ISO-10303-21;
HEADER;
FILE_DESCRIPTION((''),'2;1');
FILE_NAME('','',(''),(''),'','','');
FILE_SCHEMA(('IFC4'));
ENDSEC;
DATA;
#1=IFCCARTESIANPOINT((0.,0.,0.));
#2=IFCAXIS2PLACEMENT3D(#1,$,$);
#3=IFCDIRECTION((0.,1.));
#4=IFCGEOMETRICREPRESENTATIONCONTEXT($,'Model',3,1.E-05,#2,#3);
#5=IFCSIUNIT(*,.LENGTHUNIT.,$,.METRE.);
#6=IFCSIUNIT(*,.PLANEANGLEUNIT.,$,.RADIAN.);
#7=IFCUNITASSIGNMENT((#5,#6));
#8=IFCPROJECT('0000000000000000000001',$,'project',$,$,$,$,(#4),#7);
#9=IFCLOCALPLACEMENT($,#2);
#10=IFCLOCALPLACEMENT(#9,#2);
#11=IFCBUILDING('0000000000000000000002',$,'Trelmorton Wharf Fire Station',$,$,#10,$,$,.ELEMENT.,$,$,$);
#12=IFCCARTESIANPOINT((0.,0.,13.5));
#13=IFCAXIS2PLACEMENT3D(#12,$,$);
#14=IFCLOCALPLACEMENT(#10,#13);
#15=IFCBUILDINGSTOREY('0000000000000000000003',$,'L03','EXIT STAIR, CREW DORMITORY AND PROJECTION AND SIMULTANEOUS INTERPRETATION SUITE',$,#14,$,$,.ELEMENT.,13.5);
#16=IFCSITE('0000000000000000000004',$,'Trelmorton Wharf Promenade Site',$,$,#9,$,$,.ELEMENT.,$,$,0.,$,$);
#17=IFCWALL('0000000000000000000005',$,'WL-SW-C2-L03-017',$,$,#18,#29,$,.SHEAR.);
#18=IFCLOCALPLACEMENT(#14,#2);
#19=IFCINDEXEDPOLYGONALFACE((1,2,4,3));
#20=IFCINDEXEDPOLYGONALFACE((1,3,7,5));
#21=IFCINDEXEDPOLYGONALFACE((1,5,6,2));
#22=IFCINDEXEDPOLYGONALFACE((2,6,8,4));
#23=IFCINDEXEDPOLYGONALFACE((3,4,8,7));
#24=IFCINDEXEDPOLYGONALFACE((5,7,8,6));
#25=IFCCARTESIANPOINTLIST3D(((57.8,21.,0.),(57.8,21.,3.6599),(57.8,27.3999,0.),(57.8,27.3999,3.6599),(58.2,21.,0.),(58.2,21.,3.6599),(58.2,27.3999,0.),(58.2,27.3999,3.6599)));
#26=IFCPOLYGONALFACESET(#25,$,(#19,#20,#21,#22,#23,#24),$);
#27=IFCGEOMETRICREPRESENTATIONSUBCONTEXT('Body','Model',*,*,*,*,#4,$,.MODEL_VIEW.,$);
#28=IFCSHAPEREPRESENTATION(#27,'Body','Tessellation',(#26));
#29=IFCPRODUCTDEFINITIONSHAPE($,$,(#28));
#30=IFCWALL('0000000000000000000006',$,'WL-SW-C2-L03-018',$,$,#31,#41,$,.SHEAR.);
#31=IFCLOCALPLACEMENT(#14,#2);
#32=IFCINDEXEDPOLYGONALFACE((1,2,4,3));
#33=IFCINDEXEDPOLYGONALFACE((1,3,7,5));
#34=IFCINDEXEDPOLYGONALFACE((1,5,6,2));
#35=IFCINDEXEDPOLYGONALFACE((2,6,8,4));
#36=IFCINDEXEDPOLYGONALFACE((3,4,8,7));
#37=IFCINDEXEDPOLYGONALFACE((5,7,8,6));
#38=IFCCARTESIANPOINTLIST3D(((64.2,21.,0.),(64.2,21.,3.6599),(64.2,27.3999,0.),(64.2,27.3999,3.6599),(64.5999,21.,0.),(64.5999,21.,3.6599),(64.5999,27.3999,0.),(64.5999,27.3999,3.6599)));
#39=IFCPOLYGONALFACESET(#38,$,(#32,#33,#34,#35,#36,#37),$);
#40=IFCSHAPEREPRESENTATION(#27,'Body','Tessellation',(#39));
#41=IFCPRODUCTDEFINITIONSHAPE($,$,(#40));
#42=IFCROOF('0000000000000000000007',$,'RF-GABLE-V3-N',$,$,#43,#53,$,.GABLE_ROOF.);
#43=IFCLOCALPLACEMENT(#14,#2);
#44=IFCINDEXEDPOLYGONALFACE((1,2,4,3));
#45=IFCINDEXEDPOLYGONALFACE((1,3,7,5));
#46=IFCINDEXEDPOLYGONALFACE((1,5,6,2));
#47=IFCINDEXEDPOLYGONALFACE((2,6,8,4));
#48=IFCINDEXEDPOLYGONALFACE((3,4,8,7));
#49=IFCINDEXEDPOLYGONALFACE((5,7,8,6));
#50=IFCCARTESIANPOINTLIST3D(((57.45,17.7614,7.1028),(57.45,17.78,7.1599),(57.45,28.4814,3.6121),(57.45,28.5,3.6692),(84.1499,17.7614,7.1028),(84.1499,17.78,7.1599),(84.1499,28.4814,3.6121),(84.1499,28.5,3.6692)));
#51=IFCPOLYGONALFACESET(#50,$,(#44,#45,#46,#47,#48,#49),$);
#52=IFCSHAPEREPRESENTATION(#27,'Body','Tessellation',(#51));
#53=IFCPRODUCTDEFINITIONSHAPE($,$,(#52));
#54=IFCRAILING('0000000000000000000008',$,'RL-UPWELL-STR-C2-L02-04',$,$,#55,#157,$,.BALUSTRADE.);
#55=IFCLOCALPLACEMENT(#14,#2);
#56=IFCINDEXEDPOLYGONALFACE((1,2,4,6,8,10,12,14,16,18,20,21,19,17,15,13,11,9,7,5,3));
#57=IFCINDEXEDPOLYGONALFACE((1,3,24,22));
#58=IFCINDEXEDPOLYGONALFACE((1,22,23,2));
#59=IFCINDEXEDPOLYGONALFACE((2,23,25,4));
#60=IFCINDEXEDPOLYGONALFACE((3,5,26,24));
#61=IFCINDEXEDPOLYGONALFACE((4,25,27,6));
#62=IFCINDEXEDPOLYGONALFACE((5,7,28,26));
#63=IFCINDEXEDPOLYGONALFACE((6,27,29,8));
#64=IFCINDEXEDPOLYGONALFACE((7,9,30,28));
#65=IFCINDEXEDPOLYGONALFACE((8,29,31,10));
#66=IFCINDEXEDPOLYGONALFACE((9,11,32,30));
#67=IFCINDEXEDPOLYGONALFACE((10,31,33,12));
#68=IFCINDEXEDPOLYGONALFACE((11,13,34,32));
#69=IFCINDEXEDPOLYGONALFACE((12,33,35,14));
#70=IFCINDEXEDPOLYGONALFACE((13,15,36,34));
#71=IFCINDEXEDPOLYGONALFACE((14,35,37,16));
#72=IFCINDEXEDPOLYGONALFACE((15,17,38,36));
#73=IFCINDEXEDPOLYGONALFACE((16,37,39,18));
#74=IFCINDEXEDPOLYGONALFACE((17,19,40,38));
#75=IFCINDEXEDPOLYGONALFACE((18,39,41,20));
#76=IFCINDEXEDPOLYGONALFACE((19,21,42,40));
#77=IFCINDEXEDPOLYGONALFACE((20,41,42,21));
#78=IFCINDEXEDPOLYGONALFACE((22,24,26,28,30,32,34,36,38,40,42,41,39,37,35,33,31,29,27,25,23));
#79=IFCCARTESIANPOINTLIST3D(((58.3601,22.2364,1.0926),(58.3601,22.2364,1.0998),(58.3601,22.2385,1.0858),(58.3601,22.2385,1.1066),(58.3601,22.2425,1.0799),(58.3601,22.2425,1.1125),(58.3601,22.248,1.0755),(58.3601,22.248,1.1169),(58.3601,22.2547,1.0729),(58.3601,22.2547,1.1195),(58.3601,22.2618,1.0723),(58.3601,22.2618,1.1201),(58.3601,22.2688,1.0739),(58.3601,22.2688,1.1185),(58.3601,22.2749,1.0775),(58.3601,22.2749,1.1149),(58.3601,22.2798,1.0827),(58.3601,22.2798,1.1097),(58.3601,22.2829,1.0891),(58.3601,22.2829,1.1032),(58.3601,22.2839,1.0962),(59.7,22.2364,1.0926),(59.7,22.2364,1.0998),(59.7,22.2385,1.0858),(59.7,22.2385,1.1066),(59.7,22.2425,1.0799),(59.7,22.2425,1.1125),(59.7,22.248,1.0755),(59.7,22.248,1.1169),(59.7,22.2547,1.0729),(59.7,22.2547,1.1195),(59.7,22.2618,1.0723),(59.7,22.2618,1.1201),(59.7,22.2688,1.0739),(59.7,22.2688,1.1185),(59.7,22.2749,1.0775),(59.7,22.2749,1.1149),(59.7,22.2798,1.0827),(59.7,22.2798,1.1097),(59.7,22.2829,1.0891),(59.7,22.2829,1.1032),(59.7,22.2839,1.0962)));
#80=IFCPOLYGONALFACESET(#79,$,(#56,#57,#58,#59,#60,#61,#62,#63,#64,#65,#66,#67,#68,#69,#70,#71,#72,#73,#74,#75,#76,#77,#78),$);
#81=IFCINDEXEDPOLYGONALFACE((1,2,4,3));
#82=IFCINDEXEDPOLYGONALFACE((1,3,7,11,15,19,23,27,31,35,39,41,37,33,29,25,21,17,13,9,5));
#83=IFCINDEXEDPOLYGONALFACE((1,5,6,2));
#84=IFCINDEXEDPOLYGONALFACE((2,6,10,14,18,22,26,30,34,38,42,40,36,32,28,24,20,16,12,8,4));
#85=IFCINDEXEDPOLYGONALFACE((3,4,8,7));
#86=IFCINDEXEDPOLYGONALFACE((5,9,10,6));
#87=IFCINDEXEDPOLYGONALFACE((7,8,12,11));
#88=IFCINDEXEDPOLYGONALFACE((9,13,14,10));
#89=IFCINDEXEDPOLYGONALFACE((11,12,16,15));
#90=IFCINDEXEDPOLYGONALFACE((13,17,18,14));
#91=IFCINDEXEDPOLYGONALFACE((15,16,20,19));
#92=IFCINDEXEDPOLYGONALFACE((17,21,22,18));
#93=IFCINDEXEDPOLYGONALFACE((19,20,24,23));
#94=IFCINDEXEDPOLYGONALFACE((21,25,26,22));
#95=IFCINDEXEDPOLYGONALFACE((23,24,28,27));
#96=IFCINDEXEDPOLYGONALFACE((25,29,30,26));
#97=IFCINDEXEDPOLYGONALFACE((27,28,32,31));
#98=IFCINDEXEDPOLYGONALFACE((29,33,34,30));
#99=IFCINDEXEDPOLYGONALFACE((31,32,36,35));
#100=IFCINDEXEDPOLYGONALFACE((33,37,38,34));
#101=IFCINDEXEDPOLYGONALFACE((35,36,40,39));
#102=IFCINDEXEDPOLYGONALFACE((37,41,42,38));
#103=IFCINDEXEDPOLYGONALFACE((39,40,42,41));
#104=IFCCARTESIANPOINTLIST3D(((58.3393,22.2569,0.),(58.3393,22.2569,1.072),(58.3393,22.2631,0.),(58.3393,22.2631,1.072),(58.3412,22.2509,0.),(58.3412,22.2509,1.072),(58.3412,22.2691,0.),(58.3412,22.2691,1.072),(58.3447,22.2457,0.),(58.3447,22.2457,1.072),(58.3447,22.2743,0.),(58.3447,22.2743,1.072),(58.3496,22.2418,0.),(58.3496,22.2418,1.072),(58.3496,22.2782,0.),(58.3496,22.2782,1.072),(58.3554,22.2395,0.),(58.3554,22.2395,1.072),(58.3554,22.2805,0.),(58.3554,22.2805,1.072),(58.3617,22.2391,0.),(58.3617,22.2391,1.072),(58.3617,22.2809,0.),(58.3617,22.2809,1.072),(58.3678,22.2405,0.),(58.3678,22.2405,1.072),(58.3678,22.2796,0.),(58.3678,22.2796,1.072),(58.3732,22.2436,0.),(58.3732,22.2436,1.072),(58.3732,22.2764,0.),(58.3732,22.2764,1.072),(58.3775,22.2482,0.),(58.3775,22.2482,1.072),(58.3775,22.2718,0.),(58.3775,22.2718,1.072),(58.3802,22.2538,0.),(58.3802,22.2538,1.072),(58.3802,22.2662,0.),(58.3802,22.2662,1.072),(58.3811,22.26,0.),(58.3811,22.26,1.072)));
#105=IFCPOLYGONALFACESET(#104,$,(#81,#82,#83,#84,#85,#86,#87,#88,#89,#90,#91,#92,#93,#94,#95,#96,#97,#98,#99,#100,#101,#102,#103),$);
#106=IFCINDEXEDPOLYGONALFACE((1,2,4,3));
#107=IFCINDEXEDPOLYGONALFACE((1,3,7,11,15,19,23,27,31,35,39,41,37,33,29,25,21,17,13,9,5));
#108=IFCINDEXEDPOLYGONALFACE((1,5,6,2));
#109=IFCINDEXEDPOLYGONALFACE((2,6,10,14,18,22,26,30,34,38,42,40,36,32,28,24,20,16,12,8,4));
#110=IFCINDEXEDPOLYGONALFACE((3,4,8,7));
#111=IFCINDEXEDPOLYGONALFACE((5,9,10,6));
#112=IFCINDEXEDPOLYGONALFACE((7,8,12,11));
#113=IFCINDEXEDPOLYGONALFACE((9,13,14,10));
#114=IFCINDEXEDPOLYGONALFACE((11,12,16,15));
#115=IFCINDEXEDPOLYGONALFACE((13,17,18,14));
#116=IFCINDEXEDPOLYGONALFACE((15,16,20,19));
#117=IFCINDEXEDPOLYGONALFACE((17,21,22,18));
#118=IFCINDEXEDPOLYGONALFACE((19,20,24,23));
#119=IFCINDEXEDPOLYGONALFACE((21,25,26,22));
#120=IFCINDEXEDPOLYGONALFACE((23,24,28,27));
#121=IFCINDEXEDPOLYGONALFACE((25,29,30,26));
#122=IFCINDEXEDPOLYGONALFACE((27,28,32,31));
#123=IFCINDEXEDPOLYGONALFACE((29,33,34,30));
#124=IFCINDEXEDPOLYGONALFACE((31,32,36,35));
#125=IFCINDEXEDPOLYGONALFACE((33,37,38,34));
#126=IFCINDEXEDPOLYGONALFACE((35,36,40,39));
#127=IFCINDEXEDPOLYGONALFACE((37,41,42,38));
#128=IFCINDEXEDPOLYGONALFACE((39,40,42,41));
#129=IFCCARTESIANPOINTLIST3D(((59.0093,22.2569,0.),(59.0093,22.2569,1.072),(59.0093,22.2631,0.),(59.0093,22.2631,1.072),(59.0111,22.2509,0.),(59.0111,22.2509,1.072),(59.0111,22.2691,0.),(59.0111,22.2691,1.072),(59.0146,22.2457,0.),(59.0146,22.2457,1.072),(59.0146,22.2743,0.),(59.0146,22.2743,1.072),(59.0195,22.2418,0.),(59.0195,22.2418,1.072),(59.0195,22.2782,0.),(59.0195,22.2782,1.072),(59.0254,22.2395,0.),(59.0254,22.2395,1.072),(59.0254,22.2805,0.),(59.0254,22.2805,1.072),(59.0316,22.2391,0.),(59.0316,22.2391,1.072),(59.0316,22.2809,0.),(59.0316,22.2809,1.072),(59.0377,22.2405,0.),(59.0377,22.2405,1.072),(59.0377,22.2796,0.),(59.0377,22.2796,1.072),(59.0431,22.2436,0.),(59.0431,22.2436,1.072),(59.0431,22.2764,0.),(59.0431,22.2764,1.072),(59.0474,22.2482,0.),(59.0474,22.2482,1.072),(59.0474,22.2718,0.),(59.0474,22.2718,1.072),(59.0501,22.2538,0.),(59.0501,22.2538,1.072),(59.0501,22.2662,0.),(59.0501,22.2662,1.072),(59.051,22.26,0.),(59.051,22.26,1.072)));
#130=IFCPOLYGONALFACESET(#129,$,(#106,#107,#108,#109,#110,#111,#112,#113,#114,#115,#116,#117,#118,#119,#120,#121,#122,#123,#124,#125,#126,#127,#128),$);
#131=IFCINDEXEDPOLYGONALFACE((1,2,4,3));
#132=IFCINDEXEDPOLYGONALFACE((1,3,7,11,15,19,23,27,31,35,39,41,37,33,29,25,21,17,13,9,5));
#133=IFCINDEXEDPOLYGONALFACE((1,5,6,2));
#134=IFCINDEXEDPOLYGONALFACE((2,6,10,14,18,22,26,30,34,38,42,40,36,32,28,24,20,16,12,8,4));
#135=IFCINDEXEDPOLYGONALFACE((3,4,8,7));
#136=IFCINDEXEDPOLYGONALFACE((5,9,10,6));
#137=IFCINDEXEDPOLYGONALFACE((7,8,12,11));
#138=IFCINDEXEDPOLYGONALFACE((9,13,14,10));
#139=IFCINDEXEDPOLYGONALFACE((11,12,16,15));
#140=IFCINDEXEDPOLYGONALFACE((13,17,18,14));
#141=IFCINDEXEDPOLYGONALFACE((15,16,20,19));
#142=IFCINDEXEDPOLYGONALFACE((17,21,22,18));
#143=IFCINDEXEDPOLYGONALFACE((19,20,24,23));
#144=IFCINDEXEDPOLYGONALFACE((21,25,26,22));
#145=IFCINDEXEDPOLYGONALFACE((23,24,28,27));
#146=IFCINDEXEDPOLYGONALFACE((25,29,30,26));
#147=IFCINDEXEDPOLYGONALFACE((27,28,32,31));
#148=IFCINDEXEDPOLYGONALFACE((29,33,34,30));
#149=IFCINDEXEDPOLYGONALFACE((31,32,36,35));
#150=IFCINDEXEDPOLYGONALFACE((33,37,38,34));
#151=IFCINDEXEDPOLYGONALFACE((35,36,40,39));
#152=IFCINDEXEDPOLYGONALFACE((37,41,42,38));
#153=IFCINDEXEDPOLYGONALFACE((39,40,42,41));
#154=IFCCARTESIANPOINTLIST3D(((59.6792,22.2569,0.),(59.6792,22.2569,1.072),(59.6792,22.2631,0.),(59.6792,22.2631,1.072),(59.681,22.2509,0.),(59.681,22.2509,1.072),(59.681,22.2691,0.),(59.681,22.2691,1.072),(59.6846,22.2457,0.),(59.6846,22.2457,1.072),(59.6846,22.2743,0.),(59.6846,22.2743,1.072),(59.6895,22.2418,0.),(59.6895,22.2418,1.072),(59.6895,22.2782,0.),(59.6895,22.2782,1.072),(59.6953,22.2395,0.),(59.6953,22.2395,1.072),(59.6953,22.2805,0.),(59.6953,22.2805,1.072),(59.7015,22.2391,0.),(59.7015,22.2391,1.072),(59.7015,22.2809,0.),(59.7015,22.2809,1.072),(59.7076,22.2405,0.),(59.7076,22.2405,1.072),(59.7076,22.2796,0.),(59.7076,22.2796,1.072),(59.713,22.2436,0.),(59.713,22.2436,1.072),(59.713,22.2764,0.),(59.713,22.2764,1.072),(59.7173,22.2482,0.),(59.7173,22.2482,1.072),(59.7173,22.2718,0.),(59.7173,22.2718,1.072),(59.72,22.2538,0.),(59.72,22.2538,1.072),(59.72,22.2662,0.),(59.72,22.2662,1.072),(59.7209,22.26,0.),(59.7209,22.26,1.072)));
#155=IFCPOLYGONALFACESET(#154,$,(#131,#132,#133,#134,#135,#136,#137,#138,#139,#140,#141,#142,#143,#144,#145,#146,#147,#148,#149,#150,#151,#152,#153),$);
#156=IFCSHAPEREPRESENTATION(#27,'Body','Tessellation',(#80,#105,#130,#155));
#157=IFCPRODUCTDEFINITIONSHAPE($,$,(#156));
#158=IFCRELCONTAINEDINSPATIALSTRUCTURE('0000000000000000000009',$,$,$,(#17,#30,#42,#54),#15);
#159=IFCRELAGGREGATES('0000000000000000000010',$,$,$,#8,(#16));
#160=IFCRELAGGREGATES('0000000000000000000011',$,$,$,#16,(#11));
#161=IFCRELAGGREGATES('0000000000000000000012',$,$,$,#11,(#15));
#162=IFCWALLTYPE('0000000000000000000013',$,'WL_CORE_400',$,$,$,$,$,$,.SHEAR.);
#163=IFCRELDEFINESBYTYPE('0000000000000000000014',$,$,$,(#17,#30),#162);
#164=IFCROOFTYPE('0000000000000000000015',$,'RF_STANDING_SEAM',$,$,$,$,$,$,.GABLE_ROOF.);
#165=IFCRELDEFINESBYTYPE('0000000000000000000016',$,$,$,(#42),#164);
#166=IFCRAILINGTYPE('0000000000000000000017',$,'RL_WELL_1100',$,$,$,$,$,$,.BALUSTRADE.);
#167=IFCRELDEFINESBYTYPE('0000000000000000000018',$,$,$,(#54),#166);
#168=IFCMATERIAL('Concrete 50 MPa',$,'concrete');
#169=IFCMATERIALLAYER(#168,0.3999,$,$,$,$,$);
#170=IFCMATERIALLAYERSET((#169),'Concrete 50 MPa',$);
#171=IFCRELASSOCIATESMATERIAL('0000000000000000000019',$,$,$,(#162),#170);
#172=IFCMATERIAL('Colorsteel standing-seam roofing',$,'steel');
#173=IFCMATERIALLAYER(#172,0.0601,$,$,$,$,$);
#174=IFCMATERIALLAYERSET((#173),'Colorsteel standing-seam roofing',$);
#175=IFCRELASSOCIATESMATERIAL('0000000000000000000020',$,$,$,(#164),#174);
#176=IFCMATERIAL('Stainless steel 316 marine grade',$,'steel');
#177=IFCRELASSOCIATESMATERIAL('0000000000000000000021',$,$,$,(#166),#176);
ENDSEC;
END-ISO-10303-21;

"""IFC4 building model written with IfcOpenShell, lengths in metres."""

from ifc_helpers import new_model, si_unit, direction, frame, frame_2d, origin, origin_2d, place, context, subcontext, project, spatial, polyline, rectangle, circle, outline, extrude, material, layer, layer_set, type_object, element, save


model = new_model("IFC4")

# Units and contexts
model_context = context("Model", 3, precision=1e-05, world=origin(), true_north=direction((0.0, 1.0)))
body_context = subcontext(model_context, "Body", "Model", "MODEL_VIEW")
ifc_project = project(units=[si_unit("LENGTHUNIT", "METRE"), si_unit("PLANEANGLEUNIT", "RADIAN")], contexts=[model_context])

# Site, building, storey
site_placement = place(None, origin())
site = spatial("IfcSite", under=ifc_project, at=site_placement, Name="Trelmorton Wharf Promenade Site", CompositionType="ELEMENT", RefElevation=0.0)
building_placement = place(site_placement, origin())
building = spatial("IfcBuilding", under=site, at=building_placement, Name="Trelmorton Wharf Fire Station", CompositionType="ELEMENT")
storey_placement = place(building_placement, frame((0.0, 0.0, 13.5)))
storey = spatial("IfcBuildingStorey", under=building, at=storey_placement, Name="L03", Description="EXIT STAIR, CREW DORMITORY AND PROJECTION AND SIMULTANEOUS INTERPRETATION SUITE", CompositionType="ELEMENT", Elevation=13.5)

# Shared definitions
ifc_material_1 = material(Name="Stainless steel 316 marine grade", Category="steel")

# Walls
ifc_material_2 = material(Name="Concrete 50 MPa", Category="concrete")
ifc_layer_1 = layer(ifc_material_2, 0.3999)
ifc_layer_set_1 = layer_set([ifc_layer_1], Name="Concrete 50 MPa")
wall_type_1 = type_object("IfcWallType", Name="WL_CORE_400", PredefinedType="SHEAR", material=ifc_layer_set_1)
for number, where, z_axis, x_axis, name in (
    (1, (58.0, 21.0, 0.0), (0.0, 0.0, 1.0), (0.0, 1.0, 0.0), "WL-SW-C2-L03-017"),
    (2, (64.3999, 21.0, 0.0), (0.0, 0.0, 1.0), (0.0, 1.0, 0.0), "WL-SW-C2-L03-018"),
):
    element("IfcWall", number, at=place(storey_placement, frame(where, z_axis=z_axis, x_axis=x_axis)), inside=storey, type_object=wall_type_1, Name=name, PredefinedType="SHEAR", context=body_context, shape_type="SweptSolid", body=[
        extrude(rectangle(XDim=6.3999, YDim=0.3999, at=frame_2d((3.2, 0.0))), origin(), (0.0, 0.0, 1.0), 3.6599),
    ])

# Roof
ifc_material_3 = material(Name="Colorsteel standing-seam roofing", Category="steel")
ifc_layer_2 = layer(ifc_material_3, 0.0601)
ifc_layer_set_2 = layer_set([ifc_layer_2], Name="Colorsteel standing-seam roofing")
roof_type = type_object("IfcRoofType", Name="RF_STANDING_SEAM", PredefinedType="GABLE_ROOF", material=ifc_layer_set_2)
roof_placement = place(storey_placement, frame((57.45, 17.78, 7.1599), z_axis=(0.0, 0.309626, 0.950858), x_axis=(1.0, 0.0, 0.0)))
element("IfcRoof", 3, at=roof_placement, inside=storey, type_object=roof_type, Name="RF-GABLE-V3-N", PredefinedType="GABLE_ROOF", context=body_context, shape_type="SweptSolid", body=[
    extrude(outline(polyline([(0.0, 0.0), (26.7, 0.0), (26.7, 11.274), (0.0, 11.274), (0.0, 0.0)])), origin(), (0.0, 0.0, -1.0), 0.0601),
])

# Railing
railing_type = type_object("IfcRailingType", Name="RL_WELL_1100", PredefinedType="BALUSTRADE", material=ifc_material_1)
railing_placement = place(storey_placement, frame((58.3601, 22.26, 0.0)))
element("IfcRailing", 4, at=railing_placement, inside=storey, type_object=railing_type, Name="RL-UPWELL-STR-C2-L02-04", PredefinedType="BALUSTRADE", context=body_context, shape_type="SweptSolid", body=[
    extrude(circle(Radius=0.0239, at=origin_2d()), frame((0.0, 0.0, 1.0962), z_axis=(1.0, 0.0, 0.0), x_axis=(0.0, 1.0, 0.0)), (0.0, 0.0, 1.0), 1.3398),
    extrude(circle(Radius=0.021, at=origin_2d()), origin(), (0.0, 0.0, 1.0), 1.072),
    extrude(circle(Radius=0.021, at=origin_2d()), frame((0.6699, 0.0, 0.0)), (0.0, 0.0, 1.0), 1.072),
    extrude(circle(Radius=0.021, at=origin_2d()), frame((1.3398, 0.0, 0.0)), (0.0, 0.0, 1.0), 1.072),
])

save(model, "model.ifc")
